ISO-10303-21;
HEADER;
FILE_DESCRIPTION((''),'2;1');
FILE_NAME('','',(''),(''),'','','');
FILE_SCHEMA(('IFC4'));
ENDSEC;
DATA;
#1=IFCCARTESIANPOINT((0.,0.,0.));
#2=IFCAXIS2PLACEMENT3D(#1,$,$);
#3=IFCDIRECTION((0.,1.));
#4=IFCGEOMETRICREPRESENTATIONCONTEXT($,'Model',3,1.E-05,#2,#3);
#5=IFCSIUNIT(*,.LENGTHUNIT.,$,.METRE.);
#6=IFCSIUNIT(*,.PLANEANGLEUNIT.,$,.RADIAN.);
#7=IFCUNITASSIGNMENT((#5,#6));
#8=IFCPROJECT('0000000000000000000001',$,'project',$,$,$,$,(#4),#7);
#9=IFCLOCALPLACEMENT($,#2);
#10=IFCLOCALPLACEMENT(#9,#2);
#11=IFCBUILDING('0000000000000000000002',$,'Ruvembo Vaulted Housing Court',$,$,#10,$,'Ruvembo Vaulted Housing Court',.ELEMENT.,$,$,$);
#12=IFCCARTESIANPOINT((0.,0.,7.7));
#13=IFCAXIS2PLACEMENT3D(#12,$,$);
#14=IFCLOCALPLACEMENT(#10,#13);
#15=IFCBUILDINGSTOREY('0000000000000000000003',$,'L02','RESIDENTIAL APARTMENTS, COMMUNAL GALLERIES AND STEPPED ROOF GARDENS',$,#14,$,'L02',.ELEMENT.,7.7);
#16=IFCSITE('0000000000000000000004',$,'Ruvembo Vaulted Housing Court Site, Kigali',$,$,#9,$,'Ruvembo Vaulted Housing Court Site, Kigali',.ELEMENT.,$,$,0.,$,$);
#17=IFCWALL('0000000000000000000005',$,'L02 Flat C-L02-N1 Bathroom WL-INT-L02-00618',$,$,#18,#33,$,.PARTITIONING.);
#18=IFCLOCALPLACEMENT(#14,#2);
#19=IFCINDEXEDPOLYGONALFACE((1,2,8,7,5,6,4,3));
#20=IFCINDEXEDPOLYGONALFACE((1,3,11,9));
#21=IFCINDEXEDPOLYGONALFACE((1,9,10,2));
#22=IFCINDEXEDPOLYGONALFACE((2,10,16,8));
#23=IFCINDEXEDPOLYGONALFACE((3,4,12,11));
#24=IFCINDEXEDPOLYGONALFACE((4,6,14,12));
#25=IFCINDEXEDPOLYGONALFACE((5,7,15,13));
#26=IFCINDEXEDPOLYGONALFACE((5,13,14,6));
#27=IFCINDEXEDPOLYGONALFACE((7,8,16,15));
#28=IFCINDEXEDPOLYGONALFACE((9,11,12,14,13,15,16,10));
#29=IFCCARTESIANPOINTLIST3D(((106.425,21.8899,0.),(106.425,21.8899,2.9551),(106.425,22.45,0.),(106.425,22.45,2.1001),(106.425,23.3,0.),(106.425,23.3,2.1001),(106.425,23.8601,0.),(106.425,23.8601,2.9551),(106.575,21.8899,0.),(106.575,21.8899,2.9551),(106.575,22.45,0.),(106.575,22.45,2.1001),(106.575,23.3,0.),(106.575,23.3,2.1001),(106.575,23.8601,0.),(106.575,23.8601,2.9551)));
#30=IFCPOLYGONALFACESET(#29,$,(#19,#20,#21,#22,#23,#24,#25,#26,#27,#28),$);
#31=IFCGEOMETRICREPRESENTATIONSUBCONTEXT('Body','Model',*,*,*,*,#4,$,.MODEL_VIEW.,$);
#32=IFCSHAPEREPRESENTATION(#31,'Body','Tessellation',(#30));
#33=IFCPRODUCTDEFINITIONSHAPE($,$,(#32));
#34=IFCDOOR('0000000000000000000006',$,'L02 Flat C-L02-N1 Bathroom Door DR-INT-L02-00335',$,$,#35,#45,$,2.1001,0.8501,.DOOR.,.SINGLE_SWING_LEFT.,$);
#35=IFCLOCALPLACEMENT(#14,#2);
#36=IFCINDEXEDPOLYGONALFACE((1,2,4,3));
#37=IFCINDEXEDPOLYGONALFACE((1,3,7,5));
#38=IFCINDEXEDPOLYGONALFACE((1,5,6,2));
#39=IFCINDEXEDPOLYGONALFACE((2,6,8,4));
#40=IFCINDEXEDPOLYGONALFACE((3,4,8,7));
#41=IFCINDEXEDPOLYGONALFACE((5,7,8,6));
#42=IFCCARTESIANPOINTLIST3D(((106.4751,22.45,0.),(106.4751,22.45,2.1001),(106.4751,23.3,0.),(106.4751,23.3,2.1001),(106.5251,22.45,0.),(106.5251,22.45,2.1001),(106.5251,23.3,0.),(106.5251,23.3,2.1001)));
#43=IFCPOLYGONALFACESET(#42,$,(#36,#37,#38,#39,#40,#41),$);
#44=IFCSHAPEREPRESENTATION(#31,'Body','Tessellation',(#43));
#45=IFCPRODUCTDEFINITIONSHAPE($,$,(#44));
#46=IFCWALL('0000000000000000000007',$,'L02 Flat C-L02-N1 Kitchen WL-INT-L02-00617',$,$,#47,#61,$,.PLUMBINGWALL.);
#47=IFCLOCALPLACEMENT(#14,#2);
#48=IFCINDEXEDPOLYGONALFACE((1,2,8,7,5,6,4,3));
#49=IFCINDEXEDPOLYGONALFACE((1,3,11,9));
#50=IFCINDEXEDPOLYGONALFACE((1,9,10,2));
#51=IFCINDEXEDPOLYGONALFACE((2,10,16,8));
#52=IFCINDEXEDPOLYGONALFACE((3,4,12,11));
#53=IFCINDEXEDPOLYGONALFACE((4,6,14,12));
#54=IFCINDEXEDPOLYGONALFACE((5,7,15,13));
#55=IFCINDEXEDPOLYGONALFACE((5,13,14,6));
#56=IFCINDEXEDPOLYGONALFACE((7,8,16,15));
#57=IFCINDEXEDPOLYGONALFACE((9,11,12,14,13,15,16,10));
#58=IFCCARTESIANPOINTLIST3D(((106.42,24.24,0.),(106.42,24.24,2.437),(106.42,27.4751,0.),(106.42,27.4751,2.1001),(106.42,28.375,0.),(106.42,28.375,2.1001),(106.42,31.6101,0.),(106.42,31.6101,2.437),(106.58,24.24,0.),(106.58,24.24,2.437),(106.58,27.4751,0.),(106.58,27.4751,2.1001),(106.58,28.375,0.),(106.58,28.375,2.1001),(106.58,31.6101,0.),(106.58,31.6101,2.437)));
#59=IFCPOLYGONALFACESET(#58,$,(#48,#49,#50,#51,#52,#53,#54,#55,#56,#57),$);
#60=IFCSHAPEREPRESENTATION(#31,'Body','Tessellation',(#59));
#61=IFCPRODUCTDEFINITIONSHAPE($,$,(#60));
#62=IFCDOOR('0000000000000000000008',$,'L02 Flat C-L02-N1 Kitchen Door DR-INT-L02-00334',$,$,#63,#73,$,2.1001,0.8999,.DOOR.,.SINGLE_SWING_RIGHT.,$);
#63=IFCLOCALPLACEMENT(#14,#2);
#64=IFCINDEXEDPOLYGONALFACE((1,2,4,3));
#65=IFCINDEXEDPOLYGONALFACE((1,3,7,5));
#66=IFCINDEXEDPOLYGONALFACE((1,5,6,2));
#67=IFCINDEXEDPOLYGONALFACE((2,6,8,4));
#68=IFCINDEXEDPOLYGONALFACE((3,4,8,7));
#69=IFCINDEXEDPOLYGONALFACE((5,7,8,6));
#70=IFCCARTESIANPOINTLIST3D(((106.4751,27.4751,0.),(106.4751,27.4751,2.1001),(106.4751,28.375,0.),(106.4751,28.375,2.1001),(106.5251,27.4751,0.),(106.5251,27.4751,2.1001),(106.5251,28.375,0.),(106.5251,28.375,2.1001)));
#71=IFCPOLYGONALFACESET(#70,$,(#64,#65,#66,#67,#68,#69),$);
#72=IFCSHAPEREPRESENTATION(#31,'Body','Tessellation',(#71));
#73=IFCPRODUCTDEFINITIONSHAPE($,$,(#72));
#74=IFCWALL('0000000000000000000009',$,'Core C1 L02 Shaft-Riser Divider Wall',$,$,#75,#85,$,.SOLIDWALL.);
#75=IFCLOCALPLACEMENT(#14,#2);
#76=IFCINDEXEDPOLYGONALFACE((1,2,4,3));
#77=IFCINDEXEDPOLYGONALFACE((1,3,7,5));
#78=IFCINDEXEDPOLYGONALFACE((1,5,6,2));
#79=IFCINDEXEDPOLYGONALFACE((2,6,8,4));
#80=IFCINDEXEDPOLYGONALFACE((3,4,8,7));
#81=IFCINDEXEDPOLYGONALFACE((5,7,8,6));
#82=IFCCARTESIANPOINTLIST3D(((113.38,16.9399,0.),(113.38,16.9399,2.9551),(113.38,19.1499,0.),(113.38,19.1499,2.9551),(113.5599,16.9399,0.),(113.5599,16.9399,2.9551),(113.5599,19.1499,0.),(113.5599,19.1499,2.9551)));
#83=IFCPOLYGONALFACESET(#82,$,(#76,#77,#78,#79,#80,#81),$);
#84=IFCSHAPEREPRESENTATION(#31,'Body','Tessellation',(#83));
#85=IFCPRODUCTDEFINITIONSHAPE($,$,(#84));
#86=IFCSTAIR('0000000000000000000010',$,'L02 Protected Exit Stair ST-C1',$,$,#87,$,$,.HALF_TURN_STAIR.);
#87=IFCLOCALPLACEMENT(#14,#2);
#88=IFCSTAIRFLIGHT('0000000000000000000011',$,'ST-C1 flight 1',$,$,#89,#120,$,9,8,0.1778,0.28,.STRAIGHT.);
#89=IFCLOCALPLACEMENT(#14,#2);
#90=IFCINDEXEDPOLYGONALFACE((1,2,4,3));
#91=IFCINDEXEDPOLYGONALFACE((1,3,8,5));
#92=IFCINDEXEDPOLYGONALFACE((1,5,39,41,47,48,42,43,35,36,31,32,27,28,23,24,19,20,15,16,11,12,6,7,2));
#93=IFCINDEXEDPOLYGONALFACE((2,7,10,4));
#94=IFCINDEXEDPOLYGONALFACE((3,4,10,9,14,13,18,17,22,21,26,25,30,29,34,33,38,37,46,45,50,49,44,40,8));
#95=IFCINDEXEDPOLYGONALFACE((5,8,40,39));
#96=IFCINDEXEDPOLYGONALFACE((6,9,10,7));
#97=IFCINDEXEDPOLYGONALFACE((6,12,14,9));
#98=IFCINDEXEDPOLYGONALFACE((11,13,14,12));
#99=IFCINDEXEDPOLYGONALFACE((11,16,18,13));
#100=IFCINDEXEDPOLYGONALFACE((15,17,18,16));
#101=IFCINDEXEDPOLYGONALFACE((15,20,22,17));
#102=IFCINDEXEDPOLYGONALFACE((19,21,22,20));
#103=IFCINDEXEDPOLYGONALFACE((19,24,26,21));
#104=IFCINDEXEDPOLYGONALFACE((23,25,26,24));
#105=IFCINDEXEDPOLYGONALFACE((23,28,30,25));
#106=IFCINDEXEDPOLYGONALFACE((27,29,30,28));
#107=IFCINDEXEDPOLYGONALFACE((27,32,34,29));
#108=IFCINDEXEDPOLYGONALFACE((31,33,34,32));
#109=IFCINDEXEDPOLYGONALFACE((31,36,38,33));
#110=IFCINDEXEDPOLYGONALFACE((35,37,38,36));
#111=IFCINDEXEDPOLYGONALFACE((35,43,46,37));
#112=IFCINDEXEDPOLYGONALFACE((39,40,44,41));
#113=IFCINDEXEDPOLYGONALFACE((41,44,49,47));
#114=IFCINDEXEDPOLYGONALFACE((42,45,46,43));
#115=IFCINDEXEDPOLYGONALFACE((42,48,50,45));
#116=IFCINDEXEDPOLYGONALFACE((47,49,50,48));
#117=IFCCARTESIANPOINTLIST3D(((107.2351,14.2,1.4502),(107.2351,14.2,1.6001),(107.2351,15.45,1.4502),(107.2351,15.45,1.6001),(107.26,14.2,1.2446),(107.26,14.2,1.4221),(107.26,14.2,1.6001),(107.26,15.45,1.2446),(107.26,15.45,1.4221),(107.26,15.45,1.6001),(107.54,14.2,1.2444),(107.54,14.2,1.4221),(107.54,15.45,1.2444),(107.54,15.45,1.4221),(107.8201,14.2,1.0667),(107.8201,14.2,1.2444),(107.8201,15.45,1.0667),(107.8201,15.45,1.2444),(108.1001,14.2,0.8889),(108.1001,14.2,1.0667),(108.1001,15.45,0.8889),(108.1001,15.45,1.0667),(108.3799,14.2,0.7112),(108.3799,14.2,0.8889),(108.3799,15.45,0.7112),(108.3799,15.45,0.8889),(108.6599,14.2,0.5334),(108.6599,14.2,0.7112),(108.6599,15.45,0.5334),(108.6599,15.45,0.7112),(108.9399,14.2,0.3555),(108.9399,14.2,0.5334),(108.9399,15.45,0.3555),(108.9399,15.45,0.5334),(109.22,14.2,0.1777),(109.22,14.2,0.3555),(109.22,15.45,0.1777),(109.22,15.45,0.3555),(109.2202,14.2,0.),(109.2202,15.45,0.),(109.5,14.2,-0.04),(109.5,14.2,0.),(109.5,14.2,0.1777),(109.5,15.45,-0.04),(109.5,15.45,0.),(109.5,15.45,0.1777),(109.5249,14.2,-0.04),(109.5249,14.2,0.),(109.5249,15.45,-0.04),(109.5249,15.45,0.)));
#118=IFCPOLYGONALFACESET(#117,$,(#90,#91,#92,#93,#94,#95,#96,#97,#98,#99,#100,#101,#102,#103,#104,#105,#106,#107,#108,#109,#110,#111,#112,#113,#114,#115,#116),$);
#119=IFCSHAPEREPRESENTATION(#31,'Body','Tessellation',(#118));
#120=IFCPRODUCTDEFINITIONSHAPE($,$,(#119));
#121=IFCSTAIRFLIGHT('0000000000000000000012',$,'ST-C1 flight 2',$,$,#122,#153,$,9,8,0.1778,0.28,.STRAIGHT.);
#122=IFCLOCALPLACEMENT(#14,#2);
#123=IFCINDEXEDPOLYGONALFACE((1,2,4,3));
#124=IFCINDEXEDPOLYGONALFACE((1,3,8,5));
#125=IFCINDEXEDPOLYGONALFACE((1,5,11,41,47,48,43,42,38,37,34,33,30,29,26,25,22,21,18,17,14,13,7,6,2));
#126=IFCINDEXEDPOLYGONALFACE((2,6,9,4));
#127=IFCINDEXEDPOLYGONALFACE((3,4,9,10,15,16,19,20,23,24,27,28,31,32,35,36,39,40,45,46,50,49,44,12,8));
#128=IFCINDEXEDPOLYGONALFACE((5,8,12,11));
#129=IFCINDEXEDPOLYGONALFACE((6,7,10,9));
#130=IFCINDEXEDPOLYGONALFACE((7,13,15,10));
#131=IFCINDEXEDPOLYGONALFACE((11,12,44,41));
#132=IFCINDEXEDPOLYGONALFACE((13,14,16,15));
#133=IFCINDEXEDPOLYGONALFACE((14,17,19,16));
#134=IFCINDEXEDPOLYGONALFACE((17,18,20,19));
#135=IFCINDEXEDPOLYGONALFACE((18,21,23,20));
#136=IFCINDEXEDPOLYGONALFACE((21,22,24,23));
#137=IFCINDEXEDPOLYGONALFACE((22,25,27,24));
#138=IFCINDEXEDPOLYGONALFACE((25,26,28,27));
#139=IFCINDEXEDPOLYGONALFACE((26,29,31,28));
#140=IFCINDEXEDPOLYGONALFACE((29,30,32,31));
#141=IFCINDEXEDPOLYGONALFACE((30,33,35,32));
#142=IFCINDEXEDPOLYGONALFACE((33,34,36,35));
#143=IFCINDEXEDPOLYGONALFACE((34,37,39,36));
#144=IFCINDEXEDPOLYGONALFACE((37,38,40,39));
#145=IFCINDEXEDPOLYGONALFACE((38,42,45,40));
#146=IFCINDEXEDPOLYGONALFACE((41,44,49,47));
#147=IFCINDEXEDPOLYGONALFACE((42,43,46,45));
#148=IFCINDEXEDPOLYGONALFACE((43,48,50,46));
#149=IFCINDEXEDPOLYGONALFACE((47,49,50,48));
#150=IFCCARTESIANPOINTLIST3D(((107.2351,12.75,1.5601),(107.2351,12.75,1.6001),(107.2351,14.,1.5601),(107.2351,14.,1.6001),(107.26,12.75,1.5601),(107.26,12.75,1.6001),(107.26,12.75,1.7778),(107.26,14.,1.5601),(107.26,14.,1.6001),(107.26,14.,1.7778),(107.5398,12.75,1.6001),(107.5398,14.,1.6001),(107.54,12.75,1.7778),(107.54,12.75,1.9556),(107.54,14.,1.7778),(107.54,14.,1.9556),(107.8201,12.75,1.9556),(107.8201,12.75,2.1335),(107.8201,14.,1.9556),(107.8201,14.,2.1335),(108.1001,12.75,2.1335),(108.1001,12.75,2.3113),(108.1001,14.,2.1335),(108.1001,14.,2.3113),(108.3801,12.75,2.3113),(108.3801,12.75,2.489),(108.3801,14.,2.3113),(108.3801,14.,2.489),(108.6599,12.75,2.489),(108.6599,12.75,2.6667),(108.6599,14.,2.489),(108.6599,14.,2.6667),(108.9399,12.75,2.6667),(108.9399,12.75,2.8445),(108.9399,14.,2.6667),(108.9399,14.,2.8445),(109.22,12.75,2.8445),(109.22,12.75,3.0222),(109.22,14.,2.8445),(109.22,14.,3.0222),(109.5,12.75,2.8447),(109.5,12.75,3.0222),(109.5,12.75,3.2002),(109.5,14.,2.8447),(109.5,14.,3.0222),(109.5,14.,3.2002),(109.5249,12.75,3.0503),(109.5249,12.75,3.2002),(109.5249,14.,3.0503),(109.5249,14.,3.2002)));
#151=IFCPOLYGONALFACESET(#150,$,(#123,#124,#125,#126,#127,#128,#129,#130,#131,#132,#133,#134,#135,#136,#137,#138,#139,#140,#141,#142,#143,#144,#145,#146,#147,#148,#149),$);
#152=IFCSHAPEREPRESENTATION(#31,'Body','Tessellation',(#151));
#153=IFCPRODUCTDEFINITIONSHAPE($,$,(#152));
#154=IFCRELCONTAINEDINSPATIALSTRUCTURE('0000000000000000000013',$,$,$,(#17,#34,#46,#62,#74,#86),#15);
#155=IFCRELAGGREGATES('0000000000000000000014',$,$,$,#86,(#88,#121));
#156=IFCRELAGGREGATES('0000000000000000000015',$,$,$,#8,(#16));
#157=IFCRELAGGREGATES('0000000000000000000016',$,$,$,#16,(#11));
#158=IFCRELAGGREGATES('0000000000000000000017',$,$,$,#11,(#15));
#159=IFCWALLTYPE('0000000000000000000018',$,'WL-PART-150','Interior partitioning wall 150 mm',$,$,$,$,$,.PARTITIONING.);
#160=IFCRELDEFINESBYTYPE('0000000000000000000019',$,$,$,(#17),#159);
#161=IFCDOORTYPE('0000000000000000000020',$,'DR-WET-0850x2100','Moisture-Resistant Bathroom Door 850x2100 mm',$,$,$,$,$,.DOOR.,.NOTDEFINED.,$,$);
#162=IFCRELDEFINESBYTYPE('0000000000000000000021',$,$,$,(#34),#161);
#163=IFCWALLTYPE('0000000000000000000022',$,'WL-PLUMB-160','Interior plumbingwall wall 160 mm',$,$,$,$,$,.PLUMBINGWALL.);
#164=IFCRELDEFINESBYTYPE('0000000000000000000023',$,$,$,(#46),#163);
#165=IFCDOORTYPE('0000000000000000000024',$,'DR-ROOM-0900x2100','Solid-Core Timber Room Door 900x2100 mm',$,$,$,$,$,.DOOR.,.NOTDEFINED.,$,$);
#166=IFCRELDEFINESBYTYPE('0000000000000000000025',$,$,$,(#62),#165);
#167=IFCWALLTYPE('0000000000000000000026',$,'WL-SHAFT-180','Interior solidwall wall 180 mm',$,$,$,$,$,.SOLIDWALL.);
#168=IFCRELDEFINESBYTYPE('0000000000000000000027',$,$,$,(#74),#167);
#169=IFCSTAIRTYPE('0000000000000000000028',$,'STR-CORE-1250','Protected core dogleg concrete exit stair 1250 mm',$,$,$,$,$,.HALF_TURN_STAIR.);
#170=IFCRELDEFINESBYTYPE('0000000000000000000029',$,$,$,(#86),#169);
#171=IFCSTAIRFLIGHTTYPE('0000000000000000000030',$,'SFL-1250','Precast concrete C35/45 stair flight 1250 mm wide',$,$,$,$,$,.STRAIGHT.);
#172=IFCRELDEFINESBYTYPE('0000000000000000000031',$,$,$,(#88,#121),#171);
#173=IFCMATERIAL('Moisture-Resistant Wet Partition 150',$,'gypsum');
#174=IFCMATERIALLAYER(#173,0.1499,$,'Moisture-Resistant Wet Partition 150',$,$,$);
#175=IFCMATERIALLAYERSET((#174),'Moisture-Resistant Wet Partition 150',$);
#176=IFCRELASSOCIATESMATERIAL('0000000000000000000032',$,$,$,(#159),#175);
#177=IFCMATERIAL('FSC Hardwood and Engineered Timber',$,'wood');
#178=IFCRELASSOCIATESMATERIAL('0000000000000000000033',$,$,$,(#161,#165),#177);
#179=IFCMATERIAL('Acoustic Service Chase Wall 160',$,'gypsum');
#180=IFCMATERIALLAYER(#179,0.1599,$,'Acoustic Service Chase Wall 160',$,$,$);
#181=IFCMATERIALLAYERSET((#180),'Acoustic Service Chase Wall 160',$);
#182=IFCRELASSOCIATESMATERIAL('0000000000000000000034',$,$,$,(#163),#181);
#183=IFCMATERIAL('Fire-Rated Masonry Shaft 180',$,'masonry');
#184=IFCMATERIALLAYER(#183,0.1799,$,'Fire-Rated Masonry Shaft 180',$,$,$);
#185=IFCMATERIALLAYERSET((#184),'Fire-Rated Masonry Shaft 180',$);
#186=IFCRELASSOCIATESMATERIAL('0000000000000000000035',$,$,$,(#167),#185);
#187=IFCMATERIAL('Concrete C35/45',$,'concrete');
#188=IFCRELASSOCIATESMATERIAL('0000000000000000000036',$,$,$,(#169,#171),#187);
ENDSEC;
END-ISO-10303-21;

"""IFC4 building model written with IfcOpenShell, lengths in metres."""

from ifc_helpers import new_model, si_unit, direction, frame, frame_2d, origin, place, context, subcontext, project, spatial, polyline, rectangle, outline, extrude, material, layer, layer_set, type_object, element, fill, aggregate, save


model = new_model("IFC4")

# Units and contexts
model_context = context("Model", 3, precision=1e-05, world=origin(), true_north=direction((0.0, 1.0)))
body_context = subcontext(model_context, "Body", "Model", "MODEL_VIEW")
ifc_project = project(units=[si_unit("LENGTHUNIT", "METRE"), si_unit("PLANEANGLEUNIT", "RADIAN")], contexts=[model_context])

# Site, building, storey
site_placement = place(None, origin())
site = spatial("IfcSite", under=ifc_project, at=site_placement, Name="Ruvembo Vaulted Housing Court Site, Kigali", LongName="Ruvembo Vaulted Housing Court Site, Kigali", CompositionType="ELEMENT", RefElevation=0.0)
building_placement = place(site_placement, origin())
building = spatial("IfcBuilding", under=site, at=building_placement, Name="Ruvembo Vaulted Housing Court", LongName="Ruvembo Vaulted Housing Court", CompositionType="ELEMENT")
storey_placement = place(building_placement, frame((0.0, 0.0, 7.7)))
storey = spatial("IfcBuildingStorey", under=building, at=storey_placement, Name="L02", Description="RESIDENTIAL APARTMENTS, COMMUNAL GALLERIES AND STEPPED ROOF GARDENS", LongName="L02", CompositionType="ELEMENT", Elevation=7.7)

# Shared definitions
ifc_material_1 = material(Name="Concrete C35/45", Category="concrete")

# Walls, openings, doors
ifc_material_2 = material(Name="FSC Hardwood and Engineered Timber", Category="wood")
ifc_material_3 = material(Name="Moisture-Resistant Wet Partition 150", Category="gypsum")
ifc_layer_1 = layer(ifc_material_3, 0.1499, Name="Moisture-Resistant Wet Partition 150")
ifc_layer_set_1 = layer_set([ifc_layer_1], Name="Moisture-Resistant Wet Partition 150")
wall_type_1 = type_object("IfcWallType", Name="WL-PART-150", Description="Interior partitioning wall 150 mm", PredefinedType="PARTITIONING", material=ifc_layer_set_1)
wall_1_placement = place(storey_placement, frame((106.5, 21.8899, 0.0), z_axis=(0.0, 0.0, 1.0), x_axis=(0.0, 1.0, 0.0)))
wall_1 = element("IfcWall", 1, at=wall_1_placement, inside=storey, type_object=wall_type_1, Name="L02 Flat C-L02-N1 Bathroom WL-INT-L02-00618", PredefinedType="PARTITIONING", context=body_context, shape_type="SweptSolid", body=[
    extrude(rectangle(XDim=1.9702, YDim=0.1499, at=frame_2d((0.9851, 0.0))), origin(), (0.0, 0.0, 1.0), 2.9551),
])
opening_1_placement = place(wall_1_placement, frame((0.5601, 0.0, 0.0)))
opening_1 = element("IfcOpeningElement", 2, at=opening_1_placement, cuts=wall_1, PredefinedType="OPENING", context=body_context, shape_type="SweptSolid", body=[
    extrude(rectangle(XDim=0.8501, YDim=2.1001, at=frame_2d((0.425, 1.05))), frame((0.0, 0.085, 0.0), z_axis=(0.0, -1.0, 0.0), x_axis=(1.0, 0.0, 0.0)), (0.0, 0.0, 1.0), 0.1699),
])
door_type_1 = type_object("IfcDoorType", Name="DR-WET-0850x2100", Description="Moisture-Resistant Bathroom Door 850x2100 mm", OperationType="NOTDEFINED", PredefinedType="DOOR", material=ifc_material_2)
door_1_placement = place(opening_1_placement, origin())
door_1 = element("IfcDoor", 3, at=door_1_placement, inside=storey, type_object=door_type_1, Name="L02 Flat C-L02-N1 Bathroom Door DR-INT-L02-00335", OperationType="SINGLE_SWING_LEFT", OverallHeight=2.1001, OverallWidth=0.8501, PredefinedType="DOOR", context=body_context, shape_type="SweptSolid", body=[
    extrude(rectangle(XDim=0.8501, YDim=2.1001, at=frame_2d((0.425, 1.05))), frame((0.0, 0.0249, 0.0), z_axis=(0.0, -1.0, 0.0), x_axis=(1.0, 0.0, 0.0)), (0.0, 0.0, 1.0), 0.05),
])
fill(opening_1, door_1)
ifc_material_4 = material(Name="Acoustic Service Chase Wall 160", Category="gypsum")
ifc_layer_2 = layer(ifc_material_4, 0.1599, Name="Acoustic Service Chase Wall 160")
ifc_layer_set_2 = layer_set([ifc_layer_2], Name="Acoustic Service Chase Wall 160")
wall_type_2 = type_object("IfcWallType", Name="WL-PLUMB-160", Description="Interior plumbingwall wall 160 mm", PredefinedType="PLUMBINGWALL", material=ifc_layer_set_2)
wall_2_placement = place(storey_placement, frame((106.5, 24.24, 0.0), z_axis=(0.0, 0.0, 1.0), x_axis=(0.0, 1.0, 0.0)))
wall_2 = element("IfcWall", 4, at=wall_2_placement, inside=storey, type_object=wall_type_2, Name="L02 Flat C-L02-N1 Kitchen WL-INT-L02-00617", PredefinedType="PLUMBINGWALL", context=body_context, shape_type="SweptSolid", body=[
    extrude(rectangle(XDim=7.3701, YDim=0.1599, at=frame_2d((3.6851, 0.0))), origin(), (0.0, 0.0, 1.0), 2.437),
])
opening_2_placement = place(wall_2_placement, frame((3.2351, 0.0, 0.0)))
opening_2 = element("IfcOpeningElement", 5, at=opening_2_placement, cuts=wall_2, PredefinedType="OPENING", context=body_context, shape_type="SweptSolid", body=[
    extrude(rectangle(XDim=0.8999, YDim=2.1001, at=frame_2d((0.45, 1.05))), frame((0.0, 0.0898, 0.0), z_axis=(0.0, -1.0, 0.0), x_axis=(1.0, 0.0, 0.0)), (0.0, 0.0, 1.0), 0.1799),
])
door_type_2 = type_object("IfcDoorType", Name="DR-ROOM-0900x2100", Description="Solid-Core Timber Room Door 900x2100 mm", OperationType="NOTDEFINED", PredefinedType="DOOR", material=ifc_material_2)
door_2_placement = place(opening_2_placement, origin())
door_2 = element("IfcDoor", 6, at=door_2_placement, inside=storey, type_object=door_type_2, Name="L02 Flat C-L02-N1 Kitchen Door DR-INT-L02-00334", OperationType="SINGLE_SWING_RIGHT", OverallHeight=2.1001, OverallWidth=0.8999, PredefinedType="DOOR", context=body_context, shape_type="SweptSolid", body=[
    extrude(rectangle(XDim=0.8999, YDim=2.1001, at=frame_2d((0.45, 1.05))), frame((0.0, 0.0249, 0.0), z_axis=(0.0, -1.0, 0.0), x_axis=(1.0, 0.0, 0.0)), (0.0, 0.0, 1.0), 0.05),
])
fill(opening_2, door_2)

# Shared definitions
ifc_material_5 = material(Name="Fire-Rated Masonry Shaft 180", Category="masonry")
ifc_layer_3 = layer(ifc_material_5, 0.1799, Name="Fire-Rated Masonry Shaft 180")
ifc_layer_set_3 = layer_set([ifc_layer_3], Name="Fire-Rated Masonry Shaft 180")
wall_type_3 = type_object("IfcWallType", Name="WL-SHAFT-180", Description="Interior solidwall wall 180 mm", PredefinedType="SOLIDWALL", material=ifc_layer_set_3)

# Wall
wall_3_placement = place(storey_placement, frame((113.47, 16.9399, 0.0), z_axis=(0.0, 0.0, 1.0), x_axis=(0.0, 1.0, 0.0)))
element("IfcWall", 7, at=wall_3_placement, inside=storey, type_object=wall_type_3, Name="Core C1 L02 Shaft-Riser Divider Wall", PredefinedType="SOLIDWALL", context=body_context, shape_type="SweptSolid", body=[
    extrude(rectangle(XDim=2.21, YDim=0.1799, at=frame_2d((1.105, 0.0))), origin(), (0.0, 0.0, 1.0), 2.9551),
])

# Stair, stair flights
stair_type = type_object("IfcStairType", Name="STR-CORE-1250", Description="Protected core dogleg concrete exit stair 1250 mm", PredefinedType="HALF_TURN_STAIR", material=ifc_material_1)
stair_placement = place(storey_placement, origin())
stair = element("IfcStair", 8, at=stair_placement, inside=storey, type_object=stair_type, Name="L02 Protected Exit Stair ST-C1", PredefinedType="HALF_TURN_STAIR")
stair_flight_type = type_object("IfcStairFlightType", Name="SFL-1250", Description="Precast concrete C35/45 stair flight 1250 mm wide", PredefinedType="STRAIGHT", material=ifc_material_1)
stair_flight_1_placement = place(storey_placement, frame((109.5, 14.825, 0.0), z_axis=(0.0, 0.0, 1.0), x_axis=(-1.0, 0.0, 0.0)))
stair_flight_1 = element("IfcStairFlight", 9, at=stair_flight_1_placement, type_object=stair_flight_type, Name="ST-C1 flight 1", NumberOfRisers=9, NumberOfTreads=8, PredefinedType="STRAIGHT", RiserHeight=0.1778, TreadLength=0.28, context=body_context, shape_type="SweptSolid", body=[
    extrude(outline(polyline([(-0.0249, -0.04), (-0.0249, 0.0), (0.0, 0.0), (0.0, 0.1777), (0.28, 0.1777), (0.28, 0.3555), (0.5601, 0.3555), (0.5601, 0.5334), (0.8401, 0.5334), (0.8401, 0.7112), (1.1201, 0.7112), (1.1201, 0.8889), (1.3999, 0.8889), (1.3999, 1.0667), (1.6799, 1.0667), (1.6799, 1.2444), (1.96, 1.2444), (1.96, 1.4221), (2.24, 1.4221), (2.24, 1.6001), (2.2649, 1.6001), (2.2649, 1.4502), (2.24, 1.2446), (0.2798, 0.0), (0.0, -0.04), (-0.0249, -0.04)])), frame((0.0, 0.625, 0.0), z_axis=(0.0, -1.0, 0.0), x_axis=(1.0, 0.0, 0.0)), (0.0, 0.0, 1.0), 1.25),
])
stair_flight_2_placement = place(storey_placement, frame((107.26, 13.375, 1.6001), z_axis=(0.0, 0.0, 1.0), x_axis=(1.0, 0.0, 0.0)))
stair_flight_2 = element("IfcStairFlight", 10, at=stair_flight_2_placement, type_object=stair_flight_type, Name="ST-C1 flight 2", NumberOfRisers=9, NumberOfTreads=8, PredefinedType="STRAIGHT", RiserHeight=0.1778, TreadLength=0.28, context=body_context, shape_type="SweptSolid", body=[
    extrude(outline(polyline([(-0.0249, -0.04), (-0.0249, 0.0), (0.0, 0.0), (0.0, 0.1777), (0.28, 0.1777), (0.28, 0.3555), (0.5601, 0.3555), (0.5601, 0.5334), (0.8401, 0.5334), (0.8401, 0.7112), (1.1201, 0.7112), (1.1201, 0.8889), (1.3999, 0.8889), (1.3999, 1.0667), (1.6799, 1.0667), (1.6799, 1.2444), (1.96, 1.2444), (1.96, 1.4221), (2.24, 1.4221), (2.24, 1.6001), (2.2649, 1.6001), (2.2649, 1.4502), (2.24, 1.2446), (0.2798, 0.0), (0.0, -0.04), (-0.0249, -0.04)])), frame((0.0, 0.625, 0.0), z_axis=(0.0, -1.0, 0.0), x_axis=(1.0, 0.0, 0.0)), (0.0, 0.0, 1.0), 1.25),
])
aggregate(stair, [stair_flight_1, stair_flight_2])

save(model, "model.ifc")
